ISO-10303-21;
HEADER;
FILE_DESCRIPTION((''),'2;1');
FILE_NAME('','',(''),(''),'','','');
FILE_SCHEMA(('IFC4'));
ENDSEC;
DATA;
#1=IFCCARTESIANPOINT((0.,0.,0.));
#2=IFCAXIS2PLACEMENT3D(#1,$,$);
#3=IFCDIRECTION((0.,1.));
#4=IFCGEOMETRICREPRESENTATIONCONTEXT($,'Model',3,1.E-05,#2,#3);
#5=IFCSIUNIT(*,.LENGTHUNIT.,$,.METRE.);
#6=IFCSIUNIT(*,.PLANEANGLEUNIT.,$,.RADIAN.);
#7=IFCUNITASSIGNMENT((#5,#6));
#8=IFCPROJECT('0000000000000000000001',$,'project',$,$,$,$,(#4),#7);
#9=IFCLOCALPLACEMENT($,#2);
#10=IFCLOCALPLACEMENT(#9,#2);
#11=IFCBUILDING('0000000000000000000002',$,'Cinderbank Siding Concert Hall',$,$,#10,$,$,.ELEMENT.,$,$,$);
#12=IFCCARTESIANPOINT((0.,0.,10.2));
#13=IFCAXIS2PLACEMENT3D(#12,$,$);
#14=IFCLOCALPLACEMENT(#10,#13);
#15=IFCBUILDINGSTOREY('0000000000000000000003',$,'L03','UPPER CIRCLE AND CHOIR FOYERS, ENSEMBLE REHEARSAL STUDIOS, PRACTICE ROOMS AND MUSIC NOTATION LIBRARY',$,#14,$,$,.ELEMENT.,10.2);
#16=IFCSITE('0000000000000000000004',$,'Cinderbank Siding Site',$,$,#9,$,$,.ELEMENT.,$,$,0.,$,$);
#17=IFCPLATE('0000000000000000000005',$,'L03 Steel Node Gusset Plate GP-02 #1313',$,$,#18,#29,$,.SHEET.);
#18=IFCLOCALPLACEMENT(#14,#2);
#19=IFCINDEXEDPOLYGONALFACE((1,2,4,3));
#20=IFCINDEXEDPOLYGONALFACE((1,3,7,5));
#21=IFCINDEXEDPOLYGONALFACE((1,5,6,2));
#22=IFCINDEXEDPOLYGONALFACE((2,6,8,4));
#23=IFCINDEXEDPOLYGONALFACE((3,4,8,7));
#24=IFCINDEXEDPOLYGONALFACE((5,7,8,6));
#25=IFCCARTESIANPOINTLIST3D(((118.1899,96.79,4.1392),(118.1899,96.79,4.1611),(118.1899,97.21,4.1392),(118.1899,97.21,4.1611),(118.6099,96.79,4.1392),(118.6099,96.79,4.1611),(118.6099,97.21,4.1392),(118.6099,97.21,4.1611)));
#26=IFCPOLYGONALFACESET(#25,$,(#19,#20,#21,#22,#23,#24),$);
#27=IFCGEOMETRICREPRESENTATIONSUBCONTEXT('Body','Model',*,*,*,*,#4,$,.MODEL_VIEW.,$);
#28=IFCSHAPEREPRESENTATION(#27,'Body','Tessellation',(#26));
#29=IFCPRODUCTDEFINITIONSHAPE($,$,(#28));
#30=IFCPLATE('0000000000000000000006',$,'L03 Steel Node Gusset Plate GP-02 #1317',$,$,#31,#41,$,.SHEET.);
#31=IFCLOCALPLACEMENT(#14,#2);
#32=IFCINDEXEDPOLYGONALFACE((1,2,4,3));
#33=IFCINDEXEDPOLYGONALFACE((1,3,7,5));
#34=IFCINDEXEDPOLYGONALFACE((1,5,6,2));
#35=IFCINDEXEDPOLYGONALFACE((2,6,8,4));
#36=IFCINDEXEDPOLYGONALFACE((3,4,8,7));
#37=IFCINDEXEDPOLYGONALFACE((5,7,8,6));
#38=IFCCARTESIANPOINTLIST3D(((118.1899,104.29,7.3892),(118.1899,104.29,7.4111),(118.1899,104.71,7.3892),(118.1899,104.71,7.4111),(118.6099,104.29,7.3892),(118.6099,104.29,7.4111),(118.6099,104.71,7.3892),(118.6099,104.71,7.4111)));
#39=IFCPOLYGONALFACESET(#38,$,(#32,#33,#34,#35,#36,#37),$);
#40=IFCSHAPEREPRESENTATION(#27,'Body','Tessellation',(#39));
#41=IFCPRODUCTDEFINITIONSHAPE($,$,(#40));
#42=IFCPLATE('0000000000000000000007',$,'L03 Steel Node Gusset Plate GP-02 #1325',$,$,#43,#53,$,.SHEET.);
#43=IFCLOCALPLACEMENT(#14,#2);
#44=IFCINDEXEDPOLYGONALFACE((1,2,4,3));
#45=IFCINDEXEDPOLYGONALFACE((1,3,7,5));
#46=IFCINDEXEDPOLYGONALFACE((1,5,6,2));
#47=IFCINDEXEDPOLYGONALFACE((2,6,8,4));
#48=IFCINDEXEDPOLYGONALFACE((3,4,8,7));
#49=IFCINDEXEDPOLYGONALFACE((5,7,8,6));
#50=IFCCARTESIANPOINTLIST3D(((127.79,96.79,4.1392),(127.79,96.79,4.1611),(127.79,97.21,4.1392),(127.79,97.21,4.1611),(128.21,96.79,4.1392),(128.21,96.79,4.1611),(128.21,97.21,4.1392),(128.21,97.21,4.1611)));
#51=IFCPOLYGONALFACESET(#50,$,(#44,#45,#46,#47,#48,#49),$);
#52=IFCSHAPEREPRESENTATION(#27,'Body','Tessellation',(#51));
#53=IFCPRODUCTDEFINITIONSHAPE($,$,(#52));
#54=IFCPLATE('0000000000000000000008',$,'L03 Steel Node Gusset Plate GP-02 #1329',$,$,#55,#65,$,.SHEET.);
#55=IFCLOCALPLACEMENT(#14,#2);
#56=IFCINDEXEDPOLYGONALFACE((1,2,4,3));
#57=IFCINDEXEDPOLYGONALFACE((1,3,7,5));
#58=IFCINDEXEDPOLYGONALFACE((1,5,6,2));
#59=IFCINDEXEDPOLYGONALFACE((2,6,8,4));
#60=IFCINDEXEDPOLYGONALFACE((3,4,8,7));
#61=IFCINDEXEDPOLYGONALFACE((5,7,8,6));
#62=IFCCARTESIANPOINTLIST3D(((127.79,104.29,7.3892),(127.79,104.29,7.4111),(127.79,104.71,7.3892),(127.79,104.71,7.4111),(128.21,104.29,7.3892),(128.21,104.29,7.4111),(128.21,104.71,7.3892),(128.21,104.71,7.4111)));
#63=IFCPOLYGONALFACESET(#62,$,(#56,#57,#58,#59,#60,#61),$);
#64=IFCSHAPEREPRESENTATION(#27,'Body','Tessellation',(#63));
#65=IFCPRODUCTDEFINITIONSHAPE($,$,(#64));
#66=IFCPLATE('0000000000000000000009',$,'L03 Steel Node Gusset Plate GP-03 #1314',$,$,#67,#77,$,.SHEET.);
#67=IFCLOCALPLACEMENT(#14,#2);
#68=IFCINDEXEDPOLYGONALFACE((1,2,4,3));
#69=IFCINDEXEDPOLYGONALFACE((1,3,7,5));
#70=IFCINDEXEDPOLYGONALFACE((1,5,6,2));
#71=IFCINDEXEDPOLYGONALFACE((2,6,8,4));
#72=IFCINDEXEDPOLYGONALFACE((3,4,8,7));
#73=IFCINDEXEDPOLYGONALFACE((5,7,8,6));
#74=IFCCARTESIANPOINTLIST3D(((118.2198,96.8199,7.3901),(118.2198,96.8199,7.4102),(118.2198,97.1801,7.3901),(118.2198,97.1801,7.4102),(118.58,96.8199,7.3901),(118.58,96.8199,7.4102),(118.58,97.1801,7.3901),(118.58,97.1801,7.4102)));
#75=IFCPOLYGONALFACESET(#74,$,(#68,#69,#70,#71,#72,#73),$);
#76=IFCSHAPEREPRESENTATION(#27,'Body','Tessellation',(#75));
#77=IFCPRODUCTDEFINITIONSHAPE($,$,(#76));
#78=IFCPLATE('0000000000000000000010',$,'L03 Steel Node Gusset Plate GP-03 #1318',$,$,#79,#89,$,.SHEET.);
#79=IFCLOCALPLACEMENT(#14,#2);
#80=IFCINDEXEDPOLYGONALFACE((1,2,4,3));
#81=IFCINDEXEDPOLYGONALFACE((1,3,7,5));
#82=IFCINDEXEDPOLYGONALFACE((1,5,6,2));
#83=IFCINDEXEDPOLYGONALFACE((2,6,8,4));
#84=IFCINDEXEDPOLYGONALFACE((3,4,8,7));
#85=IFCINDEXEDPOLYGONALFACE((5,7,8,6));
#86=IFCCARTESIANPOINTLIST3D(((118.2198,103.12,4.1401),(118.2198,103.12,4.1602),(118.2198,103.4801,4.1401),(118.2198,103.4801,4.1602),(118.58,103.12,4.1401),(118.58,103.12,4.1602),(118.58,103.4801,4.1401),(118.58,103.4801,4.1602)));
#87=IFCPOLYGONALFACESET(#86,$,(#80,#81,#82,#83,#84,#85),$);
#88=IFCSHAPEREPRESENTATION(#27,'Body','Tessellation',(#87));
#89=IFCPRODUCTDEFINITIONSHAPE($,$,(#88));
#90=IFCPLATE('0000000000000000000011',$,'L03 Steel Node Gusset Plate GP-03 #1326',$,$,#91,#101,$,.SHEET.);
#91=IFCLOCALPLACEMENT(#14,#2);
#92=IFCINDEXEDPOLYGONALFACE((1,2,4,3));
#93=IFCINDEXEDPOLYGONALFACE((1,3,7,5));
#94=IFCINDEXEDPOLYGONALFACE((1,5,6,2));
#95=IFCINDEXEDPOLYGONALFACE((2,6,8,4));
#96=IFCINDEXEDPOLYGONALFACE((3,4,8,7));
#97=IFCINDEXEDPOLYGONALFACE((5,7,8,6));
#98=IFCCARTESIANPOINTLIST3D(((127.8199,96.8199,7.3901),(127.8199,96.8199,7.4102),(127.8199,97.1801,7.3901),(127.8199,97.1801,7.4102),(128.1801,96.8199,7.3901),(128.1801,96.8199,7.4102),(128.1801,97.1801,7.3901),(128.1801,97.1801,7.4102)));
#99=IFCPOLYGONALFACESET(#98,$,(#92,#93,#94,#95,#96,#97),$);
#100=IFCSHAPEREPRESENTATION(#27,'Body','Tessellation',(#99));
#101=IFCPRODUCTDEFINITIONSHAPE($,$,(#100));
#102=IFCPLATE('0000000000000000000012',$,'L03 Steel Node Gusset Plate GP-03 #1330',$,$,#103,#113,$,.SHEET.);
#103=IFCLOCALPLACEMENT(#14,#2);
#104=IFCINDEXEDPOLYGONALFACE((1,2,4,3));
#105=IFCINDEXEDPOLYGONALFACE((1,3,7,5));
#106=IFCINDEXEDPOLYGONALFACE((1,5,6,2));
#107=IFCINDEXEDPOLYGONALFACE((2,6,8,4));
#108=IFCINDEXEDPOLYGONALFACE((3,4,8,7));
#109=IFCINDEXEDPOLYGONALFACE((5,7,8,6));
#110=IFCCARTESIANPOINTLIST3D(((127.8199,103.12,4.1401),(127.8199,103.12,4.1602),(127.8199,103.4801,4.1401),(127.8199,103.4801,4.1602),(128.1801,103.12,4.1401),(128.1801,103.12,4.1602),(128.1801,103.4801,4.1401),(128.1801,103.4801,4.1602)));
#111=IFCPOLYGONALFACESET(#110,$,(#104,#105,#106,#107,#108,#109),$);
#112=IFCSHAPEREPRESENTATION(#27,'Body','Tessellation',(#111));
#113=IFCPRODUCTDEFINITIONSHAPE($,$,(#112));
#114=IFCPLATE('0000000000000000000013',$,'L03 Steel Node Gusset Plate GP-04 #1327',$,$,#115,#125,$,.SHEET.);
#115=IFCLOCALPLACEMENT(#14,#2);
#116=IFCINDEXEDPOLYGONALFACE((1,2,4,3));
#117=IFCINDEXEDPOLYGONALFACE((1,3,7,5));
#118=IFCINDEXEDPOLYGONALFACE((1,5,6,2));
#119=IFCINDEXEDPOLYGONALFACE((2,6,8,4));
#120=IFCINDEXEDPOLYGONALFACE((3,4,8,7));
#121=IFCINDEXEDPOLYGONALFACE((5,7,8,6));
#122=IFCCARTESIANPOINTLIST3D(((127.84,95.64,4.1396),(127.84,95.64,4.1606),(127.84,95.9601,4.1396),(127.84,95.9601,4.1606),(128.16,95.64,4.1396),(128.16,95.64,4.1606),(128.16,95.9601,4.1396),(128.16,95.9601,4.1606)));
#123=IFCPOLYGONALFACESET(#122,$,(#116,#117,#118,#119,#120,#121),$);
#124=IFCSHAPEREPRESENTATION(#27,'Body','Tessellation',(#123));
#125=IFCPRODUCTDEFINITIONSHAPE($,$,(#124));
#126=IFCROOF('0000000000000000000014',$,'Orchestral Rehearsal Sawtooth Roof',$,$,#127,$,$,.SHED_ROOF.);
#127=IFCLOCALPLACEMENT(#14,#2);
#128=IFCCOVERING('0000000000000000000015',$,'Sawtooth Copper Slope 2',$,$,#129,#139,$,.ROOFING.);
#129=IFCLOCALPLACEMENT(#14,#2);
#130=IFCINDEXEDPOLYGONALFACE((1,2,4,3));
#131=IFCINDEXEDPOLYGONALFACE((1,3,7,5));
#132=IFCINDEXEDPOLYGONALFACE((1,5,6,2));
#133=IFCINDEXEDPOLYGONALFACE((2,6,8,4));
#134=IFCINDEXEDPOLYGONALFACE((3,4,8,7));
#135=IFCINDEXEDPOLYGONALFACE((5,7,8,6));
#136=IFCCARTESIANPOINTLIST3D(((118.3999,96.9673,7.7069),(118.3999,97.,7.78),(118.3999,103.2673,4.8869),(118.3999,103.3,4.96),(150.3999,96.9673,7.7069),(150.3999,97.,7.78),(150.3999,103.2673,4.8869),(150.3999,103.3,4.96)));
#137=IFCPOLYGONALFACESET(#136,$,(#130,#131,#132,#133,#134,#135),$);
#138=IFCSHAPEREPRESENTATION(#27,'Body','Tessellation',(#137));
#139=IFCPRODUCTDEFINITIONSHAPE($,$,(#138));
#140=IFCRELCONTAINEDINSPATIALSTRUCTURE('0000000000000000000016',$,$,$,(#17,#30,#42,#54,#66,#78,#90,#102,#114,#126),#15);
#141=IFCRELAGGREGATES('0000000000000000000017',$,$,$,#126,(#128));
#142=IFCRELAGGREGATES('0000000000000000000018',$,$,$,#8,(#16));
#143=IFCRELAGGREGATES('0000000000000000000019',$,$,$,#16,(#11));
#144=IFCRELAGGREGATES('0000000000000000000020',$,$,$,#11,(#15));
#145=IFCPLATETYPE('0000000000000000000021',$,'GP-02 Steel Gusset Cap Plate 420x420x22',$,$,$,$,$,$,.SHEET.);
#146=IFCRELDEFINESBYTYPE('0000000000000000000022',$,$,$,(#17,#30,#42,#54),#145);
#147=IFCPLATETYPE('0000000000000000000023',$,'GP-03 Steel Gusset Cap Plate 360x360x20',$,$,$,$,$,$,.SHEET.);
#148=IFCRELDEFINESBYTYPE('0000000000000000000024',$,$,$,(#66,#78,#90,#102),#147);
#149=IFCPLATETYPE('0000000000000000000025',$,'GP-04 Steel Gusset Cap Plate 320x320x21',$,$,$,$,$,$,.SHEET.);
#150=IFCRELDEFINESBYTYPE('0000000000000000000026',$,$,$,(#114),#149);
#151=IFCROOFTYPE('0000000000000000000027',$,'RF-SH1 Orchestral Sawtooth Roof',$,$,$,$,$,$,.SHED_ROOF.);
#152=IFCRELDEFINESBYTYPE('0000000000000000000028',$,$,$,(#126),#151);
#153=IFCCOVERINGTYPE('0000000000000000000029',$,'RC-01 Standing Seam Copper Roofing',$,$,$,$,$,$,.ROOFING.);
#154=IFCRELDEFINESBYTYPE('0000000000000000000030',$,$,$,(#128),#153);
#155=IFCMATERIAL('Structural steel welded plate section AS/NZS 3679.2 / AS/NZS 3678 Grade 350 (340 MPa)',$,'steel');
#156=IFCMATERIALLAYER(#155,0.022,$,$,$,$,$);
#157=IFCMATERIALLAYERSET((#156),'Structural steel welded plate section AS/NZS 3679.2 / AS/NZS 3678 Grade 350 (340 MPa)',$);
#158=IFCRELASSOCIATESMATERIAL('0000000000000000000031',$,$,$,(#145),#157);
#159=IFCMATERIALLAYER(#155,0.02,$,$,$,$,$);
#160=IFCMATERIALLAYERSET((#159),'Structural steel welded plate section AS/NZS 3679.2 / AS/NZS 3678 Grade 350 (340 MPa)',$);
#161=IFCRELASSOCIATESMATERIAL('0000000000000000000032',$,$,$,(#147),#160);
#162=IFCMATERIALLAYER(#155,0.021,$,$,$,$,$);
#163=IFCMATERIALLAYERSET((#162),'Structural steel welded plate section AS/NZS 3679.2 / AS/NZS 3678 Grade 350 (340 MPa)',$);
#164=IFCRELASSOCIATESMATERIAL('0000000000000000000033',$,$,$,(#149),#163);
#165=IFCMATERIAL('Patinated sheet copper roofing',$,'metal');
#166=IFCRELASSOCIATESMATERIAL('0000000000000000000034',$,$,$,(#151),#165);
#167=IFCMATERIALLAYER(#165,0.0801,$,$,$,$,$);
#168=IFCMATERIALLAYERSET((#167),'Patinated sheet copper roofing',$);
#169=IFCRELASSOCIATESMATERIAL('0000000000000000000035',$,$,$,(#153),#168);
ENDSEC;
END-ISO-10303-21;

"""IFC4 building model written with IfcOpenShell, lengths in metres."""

from ifc_helpers import new_model, si_unit, direction, frame, origin, origin_2d, place, context, subcontext, project, spatial, polyline, rectangle, outline, extrude, material, layer, layer_set, type_object, element, aggregate, save


model = new_model("IFC4")

# Units and contexts
model_context = context("Model", 3, precision=1e-05, world=origin(), true_north=direction((0.0, 1.0)))
body_context = subcontext(model_context, "Body", "Model", "MODEL_VIEW")
ifc_project = project(units=[si_unit("LENGTHUNIT", "METRE"), si_unit("PLANEANGLEUNIT", "RADIAN")], contexts=[model_context])

# Site, building, storey
site_placement = place(None, origin())
site = spatial("IfcSite", under=ifc_project, at=site_placement, Name="Cinderbank Siding Site", CompositionType="ELEMENT", RefElevation=0.0)
building_placement = place(site_placement, origin())
building = spatial("IfcBuilding", under=site, at=building_placement, Name="Cinderbank Siding Concert Hall", CompositionType="ELEMENT")
storey_placement = place(building_placement, frame((0.0, 0.0, 10.2)))
storey = spatial("IfcBuildingStorey", under=building, at=storey_placement, Name="L03", Description="UPPER CIRCLE AND CHOIR FOYERS, ENSEMBLE REHEARSAL STUDIOS, PRACTICE ROOMS AND MUSIC NOTATION LIBRARY", CompositionType="ELEMENT", Elevation=10.2)

# Shared definitions
ifc_material_1 = material(Name="Structural steel welded plate section AS/NZS 3679.2 / AS/NZS 3678 Grade 350 (340 MPa)", Category="steel")

# Plates
ifc_layer_1 = layer(ifc_material_1, 0.022)
ifc_layer_set_1 = layer_set([ifc_layer_1], Name="Structural steel welded plate section AS/NZS 3679.2 / AS/NZS 3678 Grade 350 (340 MPa)")
plate_type_1 = type_object("IfcPlateType", Name="GP-02 Steel Gusset Cap Plate 420x420x22", PredefinedType="SHEET", material=ifc_layer_set_1)
for number, where, z_axis, x_axis, name in (
    (1, (118.3999, 97.0, 4.1392), (0.0, 0.0, 1.0), (1.0, 0.0, 0.0), "L03 Steel Node Gusset Plate GP-02 #1313"),
    (2, (118.3999, 104.5, 7.3892), (0.0, 0.0, 1.0), (1.0, 0.0, 0.0), "L03 Steel Node Gusset Plate GP-02 #1317"),
    (3, (128.0, 97.0, 4.1392), (0.0, 0.0, 1.0), (1.0, 0.0, 0.0), "L03 Steel Node Gusset Plate GP-02 #1325"),
    (4, (128.0, 104.5, 7.3892), (0.0, 0.0, 1.0), (1.0, 0.0, 0.0), "L03 Steel Node Gusset Plate GP-02 #1329"),
):
    element("IfcPlate", number, at=place(storey_placement, frame(where, z_axis=z_axis, x_axis=x_axis)), inside=storey, type_object=plate_type_1, Name=name, PredefinedType="SHEET", context=body_context, shape_type="SweptSolid", body=[
        extrude(rectangle(XDim=0.4199, YDim=0.4199, at=origin_2d()), origin(), (0.0, 0.0, 1.0), 0.022),
    ])
ifc_layer_2 = layer(ifc_material_1, 0.02)
ifc_layer_set_2 = layer_set([ifc_layer_2], Name="Structural steel welded plate section AS/NZS 3679.2 / AS/NZS 3678 Grade 350 (340 MPa)")
plate_type_2 = type_object("IfcPlateType", Name="GP-03 Steel Gusset Cap Plate 360x360x20", PredefinedType="SHEET", material=ifc_layer_set_2)
for number, where, z_axis, x_axis, name in (
    (5, (118.3999, 97.0, 7.3901), (0.0, 0.0, 1.0), (1.0, 0.0, 0.0), "L03 Steel Node Gusset Plate GP-03 #1314"),
    (6, (118.3999, 103.3, 4.1401), (0.0, 0.0, 1.0), (0.0, 1.0, 0.0), "L03 Steel Node Gusset Plate GP-03 #1318"),
    (7, (128.0, 97.0, 7.3901), (0.0, 0.0, 1.0), (1.0, 0.0, 0.0), "L03 Steel Node Gusset Plate GP-03 #1326"),
    (8, (128.0, 103.3, 4.1401), (0.0, 0.0, 1.0), (0.0, 1.0, 0.0), "L03 Steel Node Gusset Plate GP-03 #1330"),
):
    element("IfcPlate", number, at=place(storey_placement, frame(where, z_axis=z_axis, x_axis=x_axis)), inside=storey, type_object=plate_type_2, Name=name, PredefinedType="SHEET", context=body_context, shape_type="SweptSolid", body=[
        extrude(rectangle(XDim=0.3601, YDim=0.3601, at=origin_2d()), origin(), (0.0, 0.0, 1.0), 0.02),
    ])
ifc_layer_3 = layer(ifc_material_1, 0.021)
ifc_layer_set_3 = layer_set([ifc_layer_3], Name="Structural steel welded plate section AS/NZS 3679.2 / AS/NZS 3678 Grade 350 (340 MPa)")
plate_type_3 = type_object("IfcPlateType", Name="GP-04 Steel Gusset Cap Plate 320x320x21", PredefinedType="SHEET", material=ifc_layer_set_3)
plate_placement = place(storey_placement, frame((128.0, 95.8, 4.1396), z_axis=(0.0, 0.0, 1.0), x_axis=(0.0, 1.0, 0.0)))
element("IfcPlate", 9, at=plate_placement, inside=storey, type_object=plate_type_3, Name="L03 Steel Node Gusset Plate GP-04 #1327", PredefinedType="SHEET", context=body_context, shape_type="SweptSolid", body=[
    extrude(rectangle(XDim=0.3201, YDim=0.3201, at=origin_2d()), origin(), (0.0, 0.0, 1.0), 0.021),
])

# Roof, covering
ifc_material_2 = material(Name="Patinated sheet copper roofing", Category="metal")
roof_type = type_object("IfcRoofType", Name="RF-SH1 Orchestral Sawtooth Roof", PredefinedType="SHED_ROOF", material=ifc_material_2)
roof_placement = place(storey_placement, origin())
roof = element("IfcRoof", 10, at=roof_placement, inside=storey, type_object=roof_type, Name="Orchestral Rehearsal Sawtooth Roof", PredefinedType="SHED_ROOF")
ifc_layer_4 = layer(ifc_material_2, 0.0801)
ifc_layer_set_4 = layer_set([ifc_layer_4], Name="Patinated sheet copper roofing")
covering_type = type_object("IfcCoveringType", Name="RC-01 Standing Seam Copper Roofing", PredefinedType="ROOFING", material=ifc_layer_set_4)
covering_placement = place(storey_placement, frame((118.3999, 103.3, 4.96), z_axis=(0.0, 0.408562, 0.91273), x_axis=(1.0, 0.0, 0.0)))
covering = element("IfcCovering", 11, at=covering_placement, type_object=covering_type, Name="Sawtooth Copper Slope 2", PredefinedType="ROOFING", context=body_context, shape_type="SweptSolid", body=[
    extrude(outline(polyline([(0.0, 0.0), (32.0, 0.0), (32.0, -6.9024), (0.0, -6.9024), (0.0, 0.0)])), origin(), (0.0, 0.0, -1.0), 0.0801),
])
aggregate(roof, [covering])

save(model, "model.ifc")
